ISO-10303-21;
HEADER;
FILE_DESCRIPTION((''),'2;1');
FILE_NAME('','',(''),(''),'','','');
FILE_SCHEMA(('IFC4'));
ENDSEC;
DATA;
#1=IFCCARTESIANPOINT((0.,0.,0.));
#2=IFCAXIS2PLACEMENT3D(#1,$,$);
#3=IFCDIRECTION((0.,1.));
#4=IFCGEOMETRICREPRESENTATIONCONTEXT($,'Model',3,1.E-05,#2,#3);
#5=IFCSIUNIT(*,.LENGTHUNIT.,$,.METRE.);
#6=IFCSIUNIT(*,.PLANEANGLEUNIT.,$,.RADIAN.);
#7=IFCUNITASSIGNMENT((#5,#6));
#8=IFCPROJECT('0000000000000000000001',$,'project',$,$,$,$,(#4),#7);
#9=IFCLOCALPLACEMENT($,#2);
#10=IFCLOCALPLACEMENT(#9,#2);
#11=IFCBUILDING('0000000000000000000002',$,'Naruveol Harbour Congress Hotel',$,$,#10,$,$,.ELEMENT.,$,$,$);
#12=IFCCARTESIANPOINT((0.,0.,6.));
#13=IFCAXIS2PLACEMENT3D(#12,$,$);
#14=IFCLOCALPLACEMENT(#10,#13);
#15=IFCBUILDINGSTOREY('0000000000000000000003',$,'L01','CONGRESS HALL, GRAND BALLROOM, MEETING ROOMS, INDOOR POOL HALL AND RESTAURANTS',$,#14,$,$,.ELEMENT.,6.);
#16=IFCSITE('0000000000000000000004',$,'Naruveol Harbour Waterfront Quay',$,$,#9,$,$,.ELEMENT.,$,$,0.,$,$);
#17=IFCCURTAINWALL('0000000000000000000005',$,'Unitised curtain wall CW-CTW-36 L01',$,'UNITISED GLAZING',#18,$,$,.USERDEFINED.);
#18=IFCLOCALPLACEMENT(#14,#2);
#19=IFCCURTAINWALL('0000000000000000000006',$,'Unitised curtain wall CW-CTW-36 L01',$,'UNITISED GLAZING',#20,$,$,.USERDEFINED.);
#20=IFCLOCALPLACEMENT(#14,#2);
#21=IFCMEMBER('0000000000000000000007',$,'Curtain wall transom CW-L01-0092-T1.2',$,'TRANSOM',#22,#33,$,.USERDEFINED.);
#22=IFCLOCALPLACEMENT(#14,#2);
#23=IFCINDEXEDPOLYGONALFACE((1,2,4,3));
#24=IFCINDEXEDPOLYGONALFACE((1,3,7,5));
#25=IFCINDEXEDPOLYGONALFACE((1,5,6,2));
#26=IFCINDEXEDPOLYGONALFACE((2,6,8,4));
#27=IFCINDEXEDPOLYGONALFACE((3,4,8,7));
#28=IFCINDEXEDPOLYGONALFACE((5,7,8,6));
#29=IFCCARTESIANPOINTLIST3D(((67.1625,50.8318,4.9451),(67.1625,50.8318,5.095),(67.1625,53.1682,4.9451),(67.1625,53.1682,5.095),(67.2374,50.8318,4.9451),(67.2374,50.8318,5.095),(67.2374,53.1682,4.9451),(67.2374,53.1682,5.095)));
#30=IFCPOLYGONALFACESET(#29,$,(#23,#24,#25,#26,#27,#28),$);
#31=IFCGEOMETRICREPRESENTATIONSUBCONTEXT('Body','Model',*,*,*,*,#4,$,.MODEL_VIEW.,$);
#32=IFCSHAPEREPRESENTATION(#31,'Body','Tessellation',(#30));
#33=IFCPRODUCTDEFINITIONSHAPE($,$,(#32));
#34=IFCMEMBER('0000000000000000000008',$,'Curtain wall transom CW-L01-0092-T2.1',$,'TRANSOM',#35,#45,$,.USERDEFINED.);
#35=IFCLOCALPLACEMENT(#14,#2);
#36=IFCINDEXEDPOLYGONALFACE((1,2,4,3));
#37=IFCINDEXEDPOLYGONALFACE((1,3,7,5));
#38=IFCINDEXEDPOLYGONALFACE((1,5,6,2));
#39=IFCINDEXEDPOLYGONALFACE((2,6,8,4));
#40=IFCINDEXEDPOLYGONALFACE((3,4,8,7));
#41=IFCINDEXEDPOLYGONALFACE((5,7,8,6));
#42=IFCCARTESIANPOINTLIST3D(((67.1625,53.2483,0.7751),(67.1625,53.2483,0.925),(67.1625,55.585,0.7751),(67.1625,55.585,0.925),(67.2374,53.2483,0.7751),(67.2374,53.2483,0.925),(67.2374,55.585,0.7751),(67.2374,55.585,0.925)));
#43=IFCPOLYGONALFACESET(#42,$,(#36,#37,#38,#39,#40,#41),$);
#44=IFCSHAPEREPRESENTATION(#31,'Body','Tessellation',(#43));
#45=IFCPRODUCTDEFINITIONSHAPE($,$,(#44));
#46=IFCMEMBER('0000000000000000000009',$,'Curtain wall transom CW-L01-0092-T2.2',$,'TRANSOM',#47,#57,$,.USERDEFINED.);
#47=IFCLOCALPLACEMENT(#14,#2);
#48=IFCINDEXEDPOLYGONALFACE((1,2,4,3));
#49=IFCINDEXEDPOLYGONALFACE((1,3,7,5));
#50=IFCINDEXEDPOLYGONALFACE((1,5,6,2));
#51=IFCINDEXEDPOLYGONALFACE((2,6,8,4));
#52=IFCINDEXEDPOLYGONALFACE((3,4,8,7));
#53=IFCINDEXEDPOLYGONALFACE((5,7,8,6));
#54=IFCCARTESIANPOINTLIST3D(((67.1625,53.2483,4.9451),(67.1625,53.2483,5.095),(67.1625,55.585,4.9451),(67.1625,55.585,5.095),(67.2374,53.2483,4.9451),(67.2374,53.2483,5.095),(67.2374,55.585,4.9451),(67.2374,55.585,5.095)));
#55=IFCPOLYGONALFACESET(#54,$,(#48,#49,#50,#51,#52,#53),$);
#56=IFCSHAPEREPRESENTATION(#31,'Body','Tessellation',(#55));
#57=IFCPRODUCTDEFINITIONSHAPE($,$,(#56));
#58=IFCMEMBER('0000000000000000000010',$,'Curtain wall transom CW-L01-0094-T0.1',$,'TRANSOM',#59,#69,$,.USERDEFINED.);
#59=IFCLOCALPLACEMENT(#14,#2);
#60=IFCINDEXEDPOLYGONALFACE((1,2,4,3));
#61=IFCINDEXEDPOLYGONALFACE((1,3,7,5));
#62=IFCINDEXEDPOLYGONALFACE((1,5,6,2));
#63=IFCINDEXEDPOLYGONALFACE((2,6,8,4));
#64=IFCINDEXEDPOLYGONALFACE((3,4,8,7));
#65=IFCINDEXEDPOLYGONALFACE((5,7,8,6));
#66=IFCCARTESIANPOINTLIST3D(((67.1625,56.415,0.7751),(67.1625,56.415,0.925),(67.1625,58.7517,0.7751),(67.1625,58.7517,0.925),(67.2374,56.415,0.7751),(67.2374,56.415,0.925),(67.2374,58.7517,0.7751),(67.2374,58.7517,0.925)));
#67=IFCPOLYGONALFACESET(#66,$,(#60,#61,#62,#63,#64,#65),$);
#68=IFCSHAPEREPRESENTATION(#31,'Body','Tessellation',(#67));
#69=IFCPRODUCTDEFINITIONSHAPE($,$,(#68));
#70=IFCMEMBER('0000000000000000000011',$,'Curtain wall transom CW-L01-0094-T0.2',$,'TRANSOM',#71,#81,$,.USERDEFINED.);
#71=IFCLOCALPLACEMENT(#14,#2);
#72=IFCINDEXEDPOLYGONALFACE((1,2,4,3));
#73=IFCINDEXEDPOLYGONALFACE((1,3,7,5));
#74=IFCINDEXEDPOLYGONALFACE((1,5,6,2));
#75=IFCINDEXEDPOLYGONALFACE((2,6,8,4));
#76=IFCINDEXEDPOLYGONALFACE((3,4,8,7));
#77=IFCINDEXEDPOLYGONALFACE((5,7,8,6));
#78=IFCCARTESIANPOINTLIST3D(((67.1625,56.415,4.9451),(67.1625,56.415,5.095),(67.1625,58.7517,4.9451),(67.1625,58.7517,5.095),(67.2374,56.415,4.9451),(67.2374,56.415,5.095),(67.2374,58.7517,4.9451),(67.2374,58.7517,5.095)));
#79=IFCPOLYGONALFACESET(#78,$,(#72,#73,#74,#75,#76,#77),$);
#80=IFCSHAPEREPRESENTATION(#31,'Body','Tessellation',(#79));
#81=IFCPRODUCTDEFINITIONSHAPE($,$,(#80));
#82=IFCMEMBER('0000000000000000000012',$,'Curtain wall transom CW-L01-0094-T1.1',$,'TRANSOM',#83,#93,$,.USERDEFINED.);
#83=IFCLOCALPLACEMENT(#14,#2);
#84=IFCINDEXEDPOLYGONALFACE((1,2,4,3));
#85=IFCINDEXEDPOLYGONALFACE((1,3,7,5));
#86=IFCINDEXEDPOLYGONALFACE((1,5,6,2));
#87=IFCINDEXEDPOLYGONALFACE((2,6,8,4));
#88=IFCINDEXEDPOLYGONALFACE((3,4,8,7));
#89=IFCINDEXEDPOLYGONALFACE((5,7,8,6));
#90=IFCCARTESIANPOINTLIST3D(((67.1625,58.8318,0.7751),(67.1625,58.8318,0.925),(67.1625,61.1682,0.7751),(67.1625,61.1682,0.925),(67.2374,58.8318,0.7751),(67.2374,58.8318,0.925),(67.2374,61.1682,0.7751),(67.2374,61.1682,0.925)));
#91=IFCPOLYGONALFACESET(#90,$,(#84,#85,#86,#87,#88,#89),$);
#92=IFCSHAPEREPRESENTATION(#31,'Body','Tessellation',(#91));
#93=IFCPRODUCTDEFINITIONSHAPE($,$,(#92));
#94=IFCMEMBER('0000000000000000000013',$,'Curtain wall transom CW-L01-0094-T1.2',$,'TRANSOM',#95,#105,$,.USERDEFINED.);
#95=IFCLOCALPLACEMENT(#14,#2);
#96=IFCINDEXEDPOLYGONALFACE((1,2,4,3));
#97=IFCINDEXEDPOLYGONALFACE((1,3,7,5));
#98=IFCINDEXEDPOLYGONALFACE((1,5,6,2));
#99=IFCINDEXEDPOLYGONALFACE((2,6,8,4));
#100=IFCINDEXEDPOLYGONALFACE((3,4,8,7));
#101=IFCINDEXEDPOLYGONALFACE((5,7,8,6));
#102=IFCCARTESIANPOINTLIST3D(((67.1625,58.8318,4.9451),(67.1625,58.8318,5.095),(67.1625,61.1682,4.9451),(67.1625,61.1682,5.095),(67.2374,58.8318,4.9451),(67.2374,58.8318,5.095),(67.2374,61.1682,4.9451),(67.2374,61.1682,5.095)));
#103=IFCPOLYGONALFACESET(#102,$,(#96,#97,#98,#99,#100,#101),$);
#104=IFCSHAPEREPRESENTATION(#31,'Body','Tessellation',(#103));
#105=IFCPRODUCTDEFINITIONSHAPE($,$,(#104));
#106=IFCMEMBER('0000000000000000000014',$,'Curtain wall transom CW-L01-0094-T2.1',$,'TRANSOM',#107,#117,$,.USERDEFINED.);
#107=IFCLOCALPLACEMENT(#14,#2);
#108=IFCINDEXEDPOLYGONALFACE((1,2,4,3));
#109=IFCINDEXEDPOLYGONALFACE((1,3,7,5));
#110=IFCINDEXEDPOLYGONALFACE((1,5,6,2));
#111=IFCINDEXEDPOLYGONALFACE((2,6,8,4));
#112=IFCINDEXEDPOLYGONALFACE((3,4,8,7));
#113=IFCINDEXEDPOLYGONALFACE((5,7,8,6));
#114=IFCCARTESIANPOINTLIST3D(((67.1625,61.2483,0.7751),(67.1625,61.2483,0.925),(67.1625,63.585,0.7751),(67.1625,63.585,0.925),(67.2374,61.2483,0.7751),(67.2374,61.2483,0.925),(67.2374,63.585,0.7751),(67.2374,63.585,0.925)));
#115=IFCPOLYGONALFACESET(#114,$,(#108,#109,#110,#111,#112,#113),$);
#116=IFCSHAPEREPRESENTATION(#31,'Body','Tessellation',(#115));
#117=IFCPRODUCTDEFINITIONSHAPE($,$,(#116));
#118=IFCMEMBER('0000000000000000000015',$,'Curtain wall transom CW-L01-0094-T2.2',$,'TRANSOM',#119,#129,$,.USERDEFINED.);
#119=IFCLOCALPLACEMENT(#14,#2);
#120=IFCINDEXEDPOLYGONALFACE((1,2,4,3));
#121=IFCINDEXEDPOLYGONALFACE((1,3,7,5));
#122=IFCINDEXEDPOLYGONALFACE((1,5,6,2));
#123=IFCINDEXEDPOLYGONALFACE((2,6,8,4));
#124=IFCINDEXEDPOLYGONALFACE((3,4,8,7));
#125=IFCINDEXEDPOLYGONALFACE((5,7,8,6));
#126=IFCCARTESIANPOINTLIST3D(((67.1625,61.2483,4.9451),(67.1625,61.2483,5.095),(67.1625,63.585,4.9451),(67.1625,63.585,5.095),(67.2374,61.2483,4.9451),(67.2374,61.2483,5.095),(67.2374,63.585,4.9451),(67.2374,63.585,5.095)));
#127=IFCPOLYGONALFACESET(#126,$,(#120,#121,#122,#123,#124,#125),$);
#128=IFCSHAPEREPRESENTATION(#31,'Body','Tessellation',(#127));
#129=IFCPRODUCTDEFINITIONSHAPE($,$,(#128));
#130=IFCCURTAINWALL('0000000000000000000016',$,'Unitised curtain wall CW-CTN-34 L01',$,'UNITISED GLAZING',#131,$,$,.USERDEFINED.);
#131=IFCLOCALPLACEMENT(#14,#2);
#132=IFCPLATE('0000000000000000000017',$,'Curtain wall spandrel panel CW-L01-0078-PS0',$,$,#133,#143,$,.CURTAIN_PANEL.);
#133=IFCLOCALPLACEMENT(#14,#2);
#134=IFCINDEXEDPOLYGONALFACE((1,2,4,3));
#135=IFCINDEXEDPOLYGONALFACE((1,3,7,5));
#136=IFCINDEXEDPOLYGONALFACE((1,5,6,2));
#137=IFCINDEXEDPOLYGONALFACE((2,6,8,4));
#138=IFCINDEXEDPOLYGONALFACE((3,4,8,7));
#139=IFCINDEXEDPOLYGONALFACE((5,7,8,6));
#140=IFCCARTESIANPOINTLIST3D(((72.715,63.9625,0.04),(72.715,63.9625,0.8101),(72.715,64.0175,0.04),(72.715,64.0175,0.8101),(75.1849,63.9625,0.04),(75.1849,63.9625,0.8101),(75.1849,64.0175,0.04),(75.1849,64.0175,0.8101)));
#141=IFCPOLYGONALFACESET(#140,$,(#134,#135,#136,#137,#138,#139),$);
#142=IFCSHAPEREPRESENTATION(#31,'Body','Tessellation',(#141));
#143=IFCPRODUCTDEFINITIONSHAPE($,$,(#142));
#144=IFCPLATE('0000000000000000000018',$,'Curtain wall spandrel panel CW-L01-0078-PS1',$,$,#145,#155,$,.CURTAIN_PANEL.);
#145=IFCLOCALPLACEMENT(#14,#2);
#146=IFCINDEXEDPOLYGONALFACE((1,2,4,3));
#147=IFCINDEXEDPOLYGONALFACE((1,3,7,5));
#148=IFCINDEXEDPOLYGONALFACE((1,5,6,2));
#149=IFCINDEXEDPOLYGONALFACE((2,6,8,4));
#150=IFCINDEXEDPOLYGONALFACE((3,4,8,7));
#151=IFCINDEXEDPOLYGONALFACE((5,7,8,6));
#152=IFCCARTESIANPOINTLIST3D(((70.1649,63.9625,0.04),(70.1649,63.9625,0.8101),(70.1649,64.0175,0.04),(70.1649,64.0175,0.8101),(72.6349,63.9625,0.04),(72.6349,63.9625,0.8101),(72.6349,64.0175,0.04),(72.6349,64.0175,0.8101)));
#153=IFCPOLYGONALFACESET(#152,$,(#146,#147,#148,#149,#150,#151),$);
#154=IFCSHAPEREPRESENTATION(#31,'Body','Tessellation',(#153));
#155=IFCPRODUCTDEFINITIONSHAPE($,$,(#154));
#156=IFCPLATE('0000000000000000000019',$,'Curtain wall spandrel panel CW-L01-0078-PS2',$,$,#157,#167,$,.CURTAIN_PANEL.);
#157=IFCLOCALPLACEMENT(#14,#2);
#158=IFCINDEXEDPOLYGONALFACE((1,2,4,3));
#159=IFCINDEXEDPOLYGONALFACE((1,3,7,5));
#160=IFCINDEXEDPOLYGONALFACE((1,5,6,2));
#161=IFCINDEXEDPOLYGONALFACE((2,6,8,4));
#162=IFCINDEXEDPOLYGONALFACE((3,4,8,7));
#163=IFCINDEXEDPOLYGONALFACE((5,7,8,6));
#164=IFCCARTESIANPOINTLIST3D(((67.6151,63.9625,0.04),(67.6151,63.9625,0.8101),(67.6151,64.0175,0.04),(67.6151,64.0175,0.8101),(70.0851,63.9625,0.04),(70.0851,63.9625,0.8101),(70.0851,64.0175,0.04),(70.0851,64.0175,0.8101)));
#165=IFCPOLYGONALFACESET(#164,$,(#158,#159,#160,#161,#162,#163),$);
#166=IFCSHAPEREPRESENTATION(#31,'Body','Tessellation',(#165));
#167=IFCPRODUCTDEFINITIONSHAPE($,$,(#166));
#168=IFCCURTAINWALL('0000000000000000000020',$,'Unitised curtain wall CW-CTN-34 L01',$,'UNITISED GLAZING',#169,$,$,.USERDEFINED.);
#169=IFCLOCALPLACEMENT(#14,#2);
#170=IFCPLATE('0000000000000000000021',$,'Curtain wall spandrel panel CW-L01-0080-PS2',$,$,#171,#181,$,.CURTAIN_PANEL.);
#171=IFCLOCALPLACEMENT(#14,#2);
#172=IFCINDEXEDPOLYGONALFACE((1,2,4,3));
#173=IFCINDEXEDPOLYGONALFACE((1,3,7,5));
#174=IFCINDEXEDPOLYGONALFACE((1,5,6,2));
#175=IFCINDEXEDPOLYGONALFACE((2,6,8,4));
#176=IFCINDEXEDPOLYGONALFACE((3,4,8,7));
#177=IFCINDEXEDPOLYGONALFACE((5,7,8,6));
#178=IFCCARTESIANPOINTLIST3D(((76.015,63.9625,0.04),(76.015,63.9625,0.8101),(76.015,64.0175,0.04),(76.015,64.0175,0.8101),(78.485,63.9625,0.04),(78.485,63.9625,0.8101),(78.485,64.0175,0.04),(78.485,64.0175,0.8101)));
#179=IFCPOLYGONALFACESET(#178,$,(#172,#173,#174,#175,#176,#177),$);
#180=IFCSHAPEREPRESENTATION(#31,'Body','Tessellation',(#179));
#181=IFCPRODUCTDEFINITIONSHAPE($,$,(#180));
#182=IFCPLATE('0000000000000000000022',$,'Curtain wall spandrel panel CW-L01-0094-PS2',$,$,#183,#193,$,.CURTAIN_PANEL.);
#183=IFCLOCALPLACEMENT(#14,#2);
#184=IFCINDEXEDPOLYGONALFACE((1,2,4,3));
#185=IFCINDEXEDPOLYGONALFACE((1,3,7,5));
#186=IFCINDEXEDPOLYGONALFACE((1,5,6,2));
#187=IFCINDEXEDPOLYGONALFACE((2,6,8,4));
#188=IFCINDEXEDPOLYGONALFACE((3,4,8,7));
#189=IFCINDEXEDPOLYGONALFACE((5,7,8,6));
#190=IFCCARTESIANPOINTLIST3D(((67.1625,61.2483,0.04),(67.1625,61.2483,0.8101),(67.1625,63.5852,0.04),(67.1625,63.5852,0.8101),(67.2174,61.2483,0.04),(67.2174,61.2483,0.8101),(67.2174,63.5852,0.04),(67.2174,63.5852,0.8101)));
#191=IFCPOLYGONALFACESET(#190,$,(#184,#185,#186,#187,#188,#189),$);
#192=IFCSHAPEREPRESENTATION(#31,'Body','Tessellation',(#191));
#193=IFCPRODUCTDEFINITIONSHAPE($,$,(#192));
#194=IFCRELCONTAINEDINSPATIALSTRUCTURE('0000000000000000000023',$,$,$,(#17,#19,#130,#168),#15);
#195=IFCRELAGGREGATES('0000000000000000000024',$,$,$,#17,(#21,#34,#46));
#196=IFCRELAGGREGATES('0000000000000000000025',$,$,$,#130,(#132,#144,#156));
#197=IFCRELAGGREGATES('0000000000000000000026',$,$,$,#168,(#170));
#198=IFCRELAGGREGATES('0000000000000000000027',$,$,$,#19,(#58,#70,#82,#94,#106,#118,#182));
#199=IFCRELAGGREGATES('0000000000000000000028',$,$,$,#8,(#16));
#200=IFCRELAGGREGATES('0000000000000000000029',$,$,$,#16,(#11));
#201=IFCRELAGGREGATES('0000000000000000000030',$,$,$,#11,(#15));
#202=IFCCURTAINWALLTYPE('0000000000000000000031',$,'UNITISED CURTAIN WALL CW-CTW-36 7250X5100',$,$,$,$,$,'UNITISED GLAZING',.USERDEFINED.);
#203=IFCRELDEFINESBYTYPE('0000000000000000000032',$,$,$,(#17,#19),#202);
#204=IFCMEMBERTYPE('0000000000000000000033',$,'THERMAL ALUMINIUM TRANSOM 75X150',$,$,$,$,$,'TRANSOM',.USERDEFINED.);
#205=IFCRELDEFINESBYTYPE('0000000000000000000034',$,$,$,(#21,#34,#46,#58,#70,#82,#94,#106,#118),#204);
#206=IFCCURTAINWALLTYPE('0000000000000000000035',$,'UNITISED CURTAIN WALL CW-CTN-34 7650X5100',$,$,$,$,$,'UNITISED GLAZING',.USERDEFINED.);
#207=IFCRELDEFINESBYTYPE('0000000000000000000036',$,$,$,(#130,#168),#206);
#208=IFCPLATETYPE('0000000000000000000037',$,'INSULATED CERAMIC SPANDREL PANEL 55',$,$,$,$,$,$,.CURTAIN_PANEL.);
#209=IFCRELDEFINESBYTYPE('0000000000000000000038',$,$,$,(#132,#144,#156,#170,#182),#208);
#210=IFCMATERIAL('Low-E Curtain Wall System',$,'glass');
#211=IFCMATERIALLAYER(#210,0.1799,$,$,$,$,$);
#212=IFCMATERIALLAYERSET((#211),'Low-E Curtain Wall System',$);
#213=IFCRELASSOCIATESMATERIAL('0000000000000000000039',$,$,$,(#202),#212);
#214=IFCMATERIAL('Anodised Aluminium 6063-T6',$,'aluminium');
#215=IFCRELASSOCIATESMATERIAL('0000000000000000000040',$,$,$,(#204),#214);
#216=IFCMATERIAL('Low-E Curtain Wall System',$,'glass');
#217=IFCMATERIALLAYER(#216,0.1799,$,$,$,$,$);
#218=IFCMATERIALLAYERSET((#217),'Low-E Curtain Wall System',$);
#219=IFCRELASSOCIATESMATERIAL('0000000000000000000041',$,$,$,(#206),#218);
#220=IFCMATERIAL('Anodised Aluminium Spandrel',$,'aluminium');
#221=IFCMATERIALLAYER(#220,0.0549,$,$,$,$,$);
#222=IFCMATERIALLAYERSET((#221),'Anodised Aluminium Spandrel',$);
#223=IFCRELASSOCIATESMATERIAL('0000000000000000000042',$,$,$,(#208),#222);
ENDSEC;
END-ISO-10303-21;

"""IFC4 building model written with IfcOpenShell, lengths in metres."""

from ifc_helpers import new_model, si_unit, direction, frame, origin, origin_2d, place, context, subcontext, project, spatial, rectangle, extrude, material, layer, layer_set, material_profile, profile_set, type_object, element, aggregate, save


model = new_model("IFC4")

# Units and contexts
model_context = context("Model", 3, precision=1e-05, world=origin(), true_north=direction((0.0, 1.0)))
body_context = subcontext(model_context, "Body", "Model", "MODEL_VIEW")
ifc_project = project(units=[si_unit("LENGTHUNIT", "METRE"), si_unit("PLANEANGLEUNIT", "RADIAN")], contexts=[model_context])

# Site, building, storey
site_placement = place(None, origin())
site = spatial("IfcSite", under=ifc_project, at=site_placement, Name="Naruveol Harbour Waterfront Quay", CompositionType="ELEMENT", RefElevation=0.0)
building_placement = place(site_placement, origin())
building = spatial("IfcBuilding", under=site, at=building_placement, Name="Naruveol Harbour Congress Hotel", CompositionType="ELEMENT")
storey_placement = place(building_placement, frame((0.0, 0.0, 6.0)))
storey = spatial("IfcBuildingStorey", under=building, at=storey_placement, Name="L01", Description="CONGRESS HALL, GRAND BALLROOM, MEETING ROOMS, INDOOR POOL HALL AND RESTAURANTS", CompositionType="ELEMENT", Elevation=6.0)

# Curtain walls
ifc_material_1 = material(Name="Low-E Curtain Wall System", Category="glass")
ifc_layer_1 = layer(ifc_material_1, 0.1799)
ifc_layer_set_1 = layer_set([ifc_layer_1], Name="Low-E Curtain Wall System")
curtain_wall_type_1 = type_object("IfcCurtainWallType", Name="UNITISED CURTAIN WALL CW-CTW-36 7250X5100", ElementType="UNITISED GLAZING", PredefinedType="USERDEFINED", material=ifc_layer_set_1)
curtain_wall_1_placement = place(storey_placement, origin())
curtain_wall_1 = element("IfcCurtainWall", 1, at=curtain_wall_1_placement, inside=storey, type_object=curtain_wall_type_1, Name="Unitised curtain wall CW-CTW-36 L01", ObjectType="UNITISED GLAZING", PredefinedType="USERDEFINED")
curtain_wall_2_placement = place(storey_placement, origin())
curtain_wall_2 = element("IfcCurtainWall", 2, at=curtain_wall_2_placement, inside=storey, type_object=curtain_wall_type_1, Name="Unitised curtain wall CW-CTW-36 L01", ObjectType="UNITISED GLAZING", PredefinedType="USERDEFINED")

# Members
ifc_material_2 = material(Name="Anodised Aluminium 6063-T6", Category="aluminium")
ifc_material_profile_1 = material_profile(ifc_material_2, rectangle(XDim=0.075, YDim=0.1499, at=origin_2d()), Name="ALU-75x150")
ifc_profile_set_1 = profile_set([ifc_material_profile_1], Name="Anodised Aluminium 6063-T6")
member_type_1 = type_object("IfcMemberType", Name="THERMAL ALUMINIUM TRANSOM 75X150", ElementType="TRANSOM", PredefinedType="USERDEFINED", material=ifc_profile_set_1)
member_1_placement = place(storey_placement, frame((67.2, 50.8318, 5.02), z_axis=(0.0, 1.0, 0.0), x_axis=(-1.0, 0.0, 0.0)))
member_1 = element("IfcMember", 3, at=member_1_placement, type_object=member_type_1, Name="Curtain wall transom CW-L01-0092-T1.2", ObjectType="TRANSOM", PredefinedType="USERDEFINED", context=body_context, shape_type="SweptSolid", body=[
    extrude(rectangle(XDim=0.075, YDim=0.1499, at=origin_2d()), origin(), (0.0, 0.0, 1.0), 2.3364),
])
member_2_placement = place(storey_placement, frame((67.2, 53.2483, 0.8501), z_axis=(0.0, 1.0, 0.0), x_axis=(-1.0, 0.0, 0.0)))
member_2 = element("IfcMember", 4, at=member_2_placement, type_object=member_type_1, Name="Curtain wall transom CW-L01-0092-T2.1", ObjectType="TRANSOM", PredefinedType="USERDEFINED", context=body_context, shape_type="SweptSolid", body=[
    extrude(rectangle(XDim=0.075, YDim=0.1499, at=origin_2d()), origin(), (0.0, 0.0, 1.0), 2.3367),
])
member_3_placement = place(storey_placement, frame((67.2, 53.2483, 5.02), z_axis=(0.0, 1.0, 0.0), x_axis=(-1.0, 0.0, 0.0)))
member_3 = element("IfcMember", 5, at=member_3_placement, type_object=member_type_1, Name="Curtain wall transom CW-L01-0092-T2.2", ObjectType="TRANSOM", PredefinedType="USERDEFINED", context=body_context, shape_type="SweptSolid", body=[
    extrude(rectangle(XDim=0.075, YDim=0.1499, at=origin_2d()), origin(), (0.0, 0.0, 1.0), 2.3367),
])
aggregate(curtain_wall_1, [member_1, member_2, member_3])
member_4_placement = place(storey_placement, frame((67.2, 56.415, 0.8501), z_axis=(0.0, 1.0, 0.0), x_axis=(-1.0, 0.0, 0.0)))
member_4 = element("IfcMember", 6, at=member_4_placement, type_object=member_type_1, Name="Curtain wall transom CW-L01-0094-T0.1", ObjectType="TRANSOM", PredefinedType="USERDEFINED", context=body_context, shape_type="SweptSolid", body=[
    extrude(rectangle(XDim=0.075, YDim=0.1499, at=origin_2d()), origin(), (0.0, 0.0, 1.0), 2.3367),
])
member_5_placement = place(storey_placement, frame((67.2, 56.415, 5.02), z_axis=(0.0, 1.0, 0.0), x_axis=(-1.0, 0.0, 0.0)))
member_5 = element("IfcMember", 7, at=member_5_placement, type_object=member_type_1, Name="Curtain wall transom CW-L01-0094-T0.2", ObjectType="TRANSOM", PredefinedType="USERDEFINED", context=body_context, shape_type="SweptSolid", body=[
    extrude(rectangle(XDim=0.075, YDim=0.1499, at=origin_2d()), origin(), (0.0, 0.0, 1.0), 2.3367),
])
member_6_placement = place(storey_placement, frame((67.2, 58.8318, 0.8501), z_axis=(0.0, 1.0, 0.0), x_axis=(-1.0, 0.0, 0.0)))
member_6 = element("IfcMember", 8, at=member_6_placement, type_object=member_type_1, Name="Curtain wall transom CW-L01-0094-T1.1", ObjectType="TRANSOM", PredefinedType="USERDEFINED", context=body_context, shape_type="SweptSolid", body=[
    extrude(rectangle(XDim=0.075, YDim=0.1499, at=origin_2d()), origin(), (0.0, 0.0, 1.0), 2.3364),
])
member_7_placement = place(storey_placement, frame((67.2, 58.8318, 5.02), z_axis=(0.0, 1.0, 0.0), x_axis=(-1.0, 0.0, 0.0)))
member_7 = element("IfcMember", 9, at=member_7_placement, type_object=member_type_1, Name="Curtain wall transom CW-L01-0094-T1.2", ObjectType="TRANSOM", PredefinedType="USERDEFINED", context=body_context, shape_type="SweptSolid", body=[
    extrude(rectangle(XDim=0.075, YDim=0.1499, at=origin_2d()), origin(), (0.0, 0.0, 1.0), 2.3364),
])
member_8_placement = place(storey_placement, frame((67.2, 61.2483, 0.8501), z_axis=(0.0, 1.0, 0.0), x_axis=(-1.0, 0.0, 0.0)))
member_8 = element("IfcMember", 10, at=member_8_placement, type_object=member_type_1, Name="Curtain wall transom CW-L01-0094-T2.1", ObjectType="TRANSOM", PredefinedType="USERDEFINED", context=body_context, shape_type="SweptSolid", body=[
    extrude(rectangle(XDim=0.075, YDim=0.1499, at=origin_2d()), origin(), (0.0, 0.0, 1.0), 2.3367),
])
member_9_placement = place(storey_placement, frame((67.2, 61.2483, 5.02), z_axis=(0.0, 1.0, 0.0), x_axis=(-1.0, 0.0, 0.0)))
member_9 = element("IfcMember", 11, at=member_9_placement, type_object=member_type_1, Name="Curtain wall transom CW-L01-0094-T2.2", ObjectType="TRANSOM", PredefinedType="USERDEFINED", context=body_context, shape_type="SweptSolid", body=[
    extrude(rectangle(XDim=0.075, YDim=0.1499, at=origin_2d()), origin(), (0.0, 0.0, 1.0), 2.3367),
])

# Curtain wall, plates
ifc_material_3 = material(Name="Low-E Curtain Wall System", Category="glass")
ifc_layer_2 = layer(ifc_material_3, 0.1799)
ifc_layer_set_2 = layer_set([ifc_layer_2], Name="Low-E Curtain Wall System")
curtain_wall_type_2 = type_object("IfcCurtainWallType", Name="UNITISED CURTAIN WALL CW-CTN-34 7650X5100", ElementType="UNITISED GLAZING", PredefinedType="USERDEFINED", material=ifc_layer_set_2)
curtain_wall_3_placement = place(storey_placement, origin())
curtain_wall_3 = element("IfcCurtainWall", 12, at=curtain_wall_3_placement, inside=storey, type_object=curtain_wall_type_2, Name="Unitised curtain wall CW-CTN-34 L01", ObjectType="UNITISED GLAZING", PredefinedType="USERDEFINED")
ifc_material_4 = material(Name="Anodised Aluminium Spandrel", Category="aluminium")
ifc_layer_3 = layer(ifc_material_4, 0.0549)
ifc_layer_set_3 = layer_set([ifc_layer_3], Name="Anodised Aluminium Spandrel")
plate_type_1 = type_object("IfcPlateType", Name="INSULATED CERAMIC SPANDREL PANEL 55", PredefinedType="CURTAIN_PANEL", material=ifc_layer_set_3)
plate_1_placement = place(storey_placement, frame((73.95, 63.99, 0.04), z_axis=(0.0, 0.0, 1.0), x_axis=(-1.0, 0.0, 0.0)))
plate_1 = element("IfcPlate", 13, at=plate_1_placement, type_object=plate_type_1, Name="Curtain wall spandrel panel CW-L01-0078-PS0", PredefinedType="CURTAIN_PANEL", context=body_context, shape_type="SweptSolid", body=[
    extrude(rectangle(XDim=2.47, YDim=0.0549, at=origin_2d()), origin(), (0.0, 0.0, 1.0), 0.77),
])
plate_2_placement = place(storey_placement, frame((71.3999, 63.99, 0.04), z_axis=(0.0, 0.0, 1.0), x_axis=(-1.0, 0.0, 0.0)))
plate_2 = element("IfcPlate", 14, at=plate_2_placement, type_object=plate_type_1, Name="Curtain wall spandrel panel CW-L01-0078-PS1", PredefinedType="CURTAIN_PANEL", context=body_context, shape_type="SweptSolid", body=[
    extrude(rectangle(XDim=2.47, YDim=0.0549, at=origin_2d()), origin(), (0.0, 0.0, 1.0), 0.77),
])
plate_3_placement = place(storey_placement, frame((68.8501, 63.99, 0.04), z_axis=(0.0, 0.0, 1.0), x_axis=(-1.0, 0.0, 0.0)))
plate_3 = element("IfcPlate", 15, at=plate_3_placement, type_object=plate_type_1, Name="Curtain wall spandrel panel CW-L01-0078-PS2", PredefinedType="CURTAIN_PANEL", context=body_context, shape_type="SweptSolid", body=[
    extrude(rectangle(XDim=2.47, YDim=0.0549, at=origin_2d()), origin(), (0.0, 0.0, 1.0), 0.77),
])

# Curtain wall, plate
curtain_wall_4_placement = place(storey_placement, origin())
curtain_wall_4 = element("IfcCurtainWall", 16, at=curtain_wall_4_placement, inside=storey, type_object=curtain_wall_type_2, Name="Unitised curtain wall CW-CTN-34 L01", ObjectType="UNITISED GLAZING", PredefinedType="USERDEFINED")
plate_4_placement = place(storey_placement, frame((77.25, 63.99, 0.04), z_axis=(0.0, 0.0, 1.0), x_axis=(-1.0, 0.0, 0.0)))
plate_4 = element("IfcPlate", 17, at=plate_4_placement, type_object=plate_type_1, Name="Curtain wall spandrel panel CW-L01-0080-PS2", PredefinedType="CURTAIN_PANEL", context=body_context, shape_type="SweptSolid", body=[
    extrude(rectangle(XDim=2.47, YDim=0.0549, at=origin_2d()), origin(), (0.0, 0.0, 1.0), 0.77),
])

# Plate
plate_5_placement = place(storey_placement, frame((67.1899, 62.4167, 0.04), z_axis=(0.0, 0.0, 1.0), x_axis=(0.0, 1.0, 0.0)))
plate_5 = element("IfcPlate", 18, at=plate_5_placement, type_object=plate_type_1, Name="Curtain wall spandrel panel CW-L01-0094-PS2", PredefinedType="CURTAIN_PANEL", context=body_context, shape_type="SweptSolid", body=[
    extrude(rectangle(XDim=2.3369, YDim=0.0549, at=origin_2d()), origin(), (0.0, 0.0, 1.0), 0.77),
])
aggregate(curtain_wall_3, [plate_1, plate_2, plate_3])
aggregate(curtain_wall_4, [plate_4])
aggregate(curtain_wall_2, [member_4, member_5, member_6, member_7, member_8, member_9, plate_5])

save(model, "model.ifc")
